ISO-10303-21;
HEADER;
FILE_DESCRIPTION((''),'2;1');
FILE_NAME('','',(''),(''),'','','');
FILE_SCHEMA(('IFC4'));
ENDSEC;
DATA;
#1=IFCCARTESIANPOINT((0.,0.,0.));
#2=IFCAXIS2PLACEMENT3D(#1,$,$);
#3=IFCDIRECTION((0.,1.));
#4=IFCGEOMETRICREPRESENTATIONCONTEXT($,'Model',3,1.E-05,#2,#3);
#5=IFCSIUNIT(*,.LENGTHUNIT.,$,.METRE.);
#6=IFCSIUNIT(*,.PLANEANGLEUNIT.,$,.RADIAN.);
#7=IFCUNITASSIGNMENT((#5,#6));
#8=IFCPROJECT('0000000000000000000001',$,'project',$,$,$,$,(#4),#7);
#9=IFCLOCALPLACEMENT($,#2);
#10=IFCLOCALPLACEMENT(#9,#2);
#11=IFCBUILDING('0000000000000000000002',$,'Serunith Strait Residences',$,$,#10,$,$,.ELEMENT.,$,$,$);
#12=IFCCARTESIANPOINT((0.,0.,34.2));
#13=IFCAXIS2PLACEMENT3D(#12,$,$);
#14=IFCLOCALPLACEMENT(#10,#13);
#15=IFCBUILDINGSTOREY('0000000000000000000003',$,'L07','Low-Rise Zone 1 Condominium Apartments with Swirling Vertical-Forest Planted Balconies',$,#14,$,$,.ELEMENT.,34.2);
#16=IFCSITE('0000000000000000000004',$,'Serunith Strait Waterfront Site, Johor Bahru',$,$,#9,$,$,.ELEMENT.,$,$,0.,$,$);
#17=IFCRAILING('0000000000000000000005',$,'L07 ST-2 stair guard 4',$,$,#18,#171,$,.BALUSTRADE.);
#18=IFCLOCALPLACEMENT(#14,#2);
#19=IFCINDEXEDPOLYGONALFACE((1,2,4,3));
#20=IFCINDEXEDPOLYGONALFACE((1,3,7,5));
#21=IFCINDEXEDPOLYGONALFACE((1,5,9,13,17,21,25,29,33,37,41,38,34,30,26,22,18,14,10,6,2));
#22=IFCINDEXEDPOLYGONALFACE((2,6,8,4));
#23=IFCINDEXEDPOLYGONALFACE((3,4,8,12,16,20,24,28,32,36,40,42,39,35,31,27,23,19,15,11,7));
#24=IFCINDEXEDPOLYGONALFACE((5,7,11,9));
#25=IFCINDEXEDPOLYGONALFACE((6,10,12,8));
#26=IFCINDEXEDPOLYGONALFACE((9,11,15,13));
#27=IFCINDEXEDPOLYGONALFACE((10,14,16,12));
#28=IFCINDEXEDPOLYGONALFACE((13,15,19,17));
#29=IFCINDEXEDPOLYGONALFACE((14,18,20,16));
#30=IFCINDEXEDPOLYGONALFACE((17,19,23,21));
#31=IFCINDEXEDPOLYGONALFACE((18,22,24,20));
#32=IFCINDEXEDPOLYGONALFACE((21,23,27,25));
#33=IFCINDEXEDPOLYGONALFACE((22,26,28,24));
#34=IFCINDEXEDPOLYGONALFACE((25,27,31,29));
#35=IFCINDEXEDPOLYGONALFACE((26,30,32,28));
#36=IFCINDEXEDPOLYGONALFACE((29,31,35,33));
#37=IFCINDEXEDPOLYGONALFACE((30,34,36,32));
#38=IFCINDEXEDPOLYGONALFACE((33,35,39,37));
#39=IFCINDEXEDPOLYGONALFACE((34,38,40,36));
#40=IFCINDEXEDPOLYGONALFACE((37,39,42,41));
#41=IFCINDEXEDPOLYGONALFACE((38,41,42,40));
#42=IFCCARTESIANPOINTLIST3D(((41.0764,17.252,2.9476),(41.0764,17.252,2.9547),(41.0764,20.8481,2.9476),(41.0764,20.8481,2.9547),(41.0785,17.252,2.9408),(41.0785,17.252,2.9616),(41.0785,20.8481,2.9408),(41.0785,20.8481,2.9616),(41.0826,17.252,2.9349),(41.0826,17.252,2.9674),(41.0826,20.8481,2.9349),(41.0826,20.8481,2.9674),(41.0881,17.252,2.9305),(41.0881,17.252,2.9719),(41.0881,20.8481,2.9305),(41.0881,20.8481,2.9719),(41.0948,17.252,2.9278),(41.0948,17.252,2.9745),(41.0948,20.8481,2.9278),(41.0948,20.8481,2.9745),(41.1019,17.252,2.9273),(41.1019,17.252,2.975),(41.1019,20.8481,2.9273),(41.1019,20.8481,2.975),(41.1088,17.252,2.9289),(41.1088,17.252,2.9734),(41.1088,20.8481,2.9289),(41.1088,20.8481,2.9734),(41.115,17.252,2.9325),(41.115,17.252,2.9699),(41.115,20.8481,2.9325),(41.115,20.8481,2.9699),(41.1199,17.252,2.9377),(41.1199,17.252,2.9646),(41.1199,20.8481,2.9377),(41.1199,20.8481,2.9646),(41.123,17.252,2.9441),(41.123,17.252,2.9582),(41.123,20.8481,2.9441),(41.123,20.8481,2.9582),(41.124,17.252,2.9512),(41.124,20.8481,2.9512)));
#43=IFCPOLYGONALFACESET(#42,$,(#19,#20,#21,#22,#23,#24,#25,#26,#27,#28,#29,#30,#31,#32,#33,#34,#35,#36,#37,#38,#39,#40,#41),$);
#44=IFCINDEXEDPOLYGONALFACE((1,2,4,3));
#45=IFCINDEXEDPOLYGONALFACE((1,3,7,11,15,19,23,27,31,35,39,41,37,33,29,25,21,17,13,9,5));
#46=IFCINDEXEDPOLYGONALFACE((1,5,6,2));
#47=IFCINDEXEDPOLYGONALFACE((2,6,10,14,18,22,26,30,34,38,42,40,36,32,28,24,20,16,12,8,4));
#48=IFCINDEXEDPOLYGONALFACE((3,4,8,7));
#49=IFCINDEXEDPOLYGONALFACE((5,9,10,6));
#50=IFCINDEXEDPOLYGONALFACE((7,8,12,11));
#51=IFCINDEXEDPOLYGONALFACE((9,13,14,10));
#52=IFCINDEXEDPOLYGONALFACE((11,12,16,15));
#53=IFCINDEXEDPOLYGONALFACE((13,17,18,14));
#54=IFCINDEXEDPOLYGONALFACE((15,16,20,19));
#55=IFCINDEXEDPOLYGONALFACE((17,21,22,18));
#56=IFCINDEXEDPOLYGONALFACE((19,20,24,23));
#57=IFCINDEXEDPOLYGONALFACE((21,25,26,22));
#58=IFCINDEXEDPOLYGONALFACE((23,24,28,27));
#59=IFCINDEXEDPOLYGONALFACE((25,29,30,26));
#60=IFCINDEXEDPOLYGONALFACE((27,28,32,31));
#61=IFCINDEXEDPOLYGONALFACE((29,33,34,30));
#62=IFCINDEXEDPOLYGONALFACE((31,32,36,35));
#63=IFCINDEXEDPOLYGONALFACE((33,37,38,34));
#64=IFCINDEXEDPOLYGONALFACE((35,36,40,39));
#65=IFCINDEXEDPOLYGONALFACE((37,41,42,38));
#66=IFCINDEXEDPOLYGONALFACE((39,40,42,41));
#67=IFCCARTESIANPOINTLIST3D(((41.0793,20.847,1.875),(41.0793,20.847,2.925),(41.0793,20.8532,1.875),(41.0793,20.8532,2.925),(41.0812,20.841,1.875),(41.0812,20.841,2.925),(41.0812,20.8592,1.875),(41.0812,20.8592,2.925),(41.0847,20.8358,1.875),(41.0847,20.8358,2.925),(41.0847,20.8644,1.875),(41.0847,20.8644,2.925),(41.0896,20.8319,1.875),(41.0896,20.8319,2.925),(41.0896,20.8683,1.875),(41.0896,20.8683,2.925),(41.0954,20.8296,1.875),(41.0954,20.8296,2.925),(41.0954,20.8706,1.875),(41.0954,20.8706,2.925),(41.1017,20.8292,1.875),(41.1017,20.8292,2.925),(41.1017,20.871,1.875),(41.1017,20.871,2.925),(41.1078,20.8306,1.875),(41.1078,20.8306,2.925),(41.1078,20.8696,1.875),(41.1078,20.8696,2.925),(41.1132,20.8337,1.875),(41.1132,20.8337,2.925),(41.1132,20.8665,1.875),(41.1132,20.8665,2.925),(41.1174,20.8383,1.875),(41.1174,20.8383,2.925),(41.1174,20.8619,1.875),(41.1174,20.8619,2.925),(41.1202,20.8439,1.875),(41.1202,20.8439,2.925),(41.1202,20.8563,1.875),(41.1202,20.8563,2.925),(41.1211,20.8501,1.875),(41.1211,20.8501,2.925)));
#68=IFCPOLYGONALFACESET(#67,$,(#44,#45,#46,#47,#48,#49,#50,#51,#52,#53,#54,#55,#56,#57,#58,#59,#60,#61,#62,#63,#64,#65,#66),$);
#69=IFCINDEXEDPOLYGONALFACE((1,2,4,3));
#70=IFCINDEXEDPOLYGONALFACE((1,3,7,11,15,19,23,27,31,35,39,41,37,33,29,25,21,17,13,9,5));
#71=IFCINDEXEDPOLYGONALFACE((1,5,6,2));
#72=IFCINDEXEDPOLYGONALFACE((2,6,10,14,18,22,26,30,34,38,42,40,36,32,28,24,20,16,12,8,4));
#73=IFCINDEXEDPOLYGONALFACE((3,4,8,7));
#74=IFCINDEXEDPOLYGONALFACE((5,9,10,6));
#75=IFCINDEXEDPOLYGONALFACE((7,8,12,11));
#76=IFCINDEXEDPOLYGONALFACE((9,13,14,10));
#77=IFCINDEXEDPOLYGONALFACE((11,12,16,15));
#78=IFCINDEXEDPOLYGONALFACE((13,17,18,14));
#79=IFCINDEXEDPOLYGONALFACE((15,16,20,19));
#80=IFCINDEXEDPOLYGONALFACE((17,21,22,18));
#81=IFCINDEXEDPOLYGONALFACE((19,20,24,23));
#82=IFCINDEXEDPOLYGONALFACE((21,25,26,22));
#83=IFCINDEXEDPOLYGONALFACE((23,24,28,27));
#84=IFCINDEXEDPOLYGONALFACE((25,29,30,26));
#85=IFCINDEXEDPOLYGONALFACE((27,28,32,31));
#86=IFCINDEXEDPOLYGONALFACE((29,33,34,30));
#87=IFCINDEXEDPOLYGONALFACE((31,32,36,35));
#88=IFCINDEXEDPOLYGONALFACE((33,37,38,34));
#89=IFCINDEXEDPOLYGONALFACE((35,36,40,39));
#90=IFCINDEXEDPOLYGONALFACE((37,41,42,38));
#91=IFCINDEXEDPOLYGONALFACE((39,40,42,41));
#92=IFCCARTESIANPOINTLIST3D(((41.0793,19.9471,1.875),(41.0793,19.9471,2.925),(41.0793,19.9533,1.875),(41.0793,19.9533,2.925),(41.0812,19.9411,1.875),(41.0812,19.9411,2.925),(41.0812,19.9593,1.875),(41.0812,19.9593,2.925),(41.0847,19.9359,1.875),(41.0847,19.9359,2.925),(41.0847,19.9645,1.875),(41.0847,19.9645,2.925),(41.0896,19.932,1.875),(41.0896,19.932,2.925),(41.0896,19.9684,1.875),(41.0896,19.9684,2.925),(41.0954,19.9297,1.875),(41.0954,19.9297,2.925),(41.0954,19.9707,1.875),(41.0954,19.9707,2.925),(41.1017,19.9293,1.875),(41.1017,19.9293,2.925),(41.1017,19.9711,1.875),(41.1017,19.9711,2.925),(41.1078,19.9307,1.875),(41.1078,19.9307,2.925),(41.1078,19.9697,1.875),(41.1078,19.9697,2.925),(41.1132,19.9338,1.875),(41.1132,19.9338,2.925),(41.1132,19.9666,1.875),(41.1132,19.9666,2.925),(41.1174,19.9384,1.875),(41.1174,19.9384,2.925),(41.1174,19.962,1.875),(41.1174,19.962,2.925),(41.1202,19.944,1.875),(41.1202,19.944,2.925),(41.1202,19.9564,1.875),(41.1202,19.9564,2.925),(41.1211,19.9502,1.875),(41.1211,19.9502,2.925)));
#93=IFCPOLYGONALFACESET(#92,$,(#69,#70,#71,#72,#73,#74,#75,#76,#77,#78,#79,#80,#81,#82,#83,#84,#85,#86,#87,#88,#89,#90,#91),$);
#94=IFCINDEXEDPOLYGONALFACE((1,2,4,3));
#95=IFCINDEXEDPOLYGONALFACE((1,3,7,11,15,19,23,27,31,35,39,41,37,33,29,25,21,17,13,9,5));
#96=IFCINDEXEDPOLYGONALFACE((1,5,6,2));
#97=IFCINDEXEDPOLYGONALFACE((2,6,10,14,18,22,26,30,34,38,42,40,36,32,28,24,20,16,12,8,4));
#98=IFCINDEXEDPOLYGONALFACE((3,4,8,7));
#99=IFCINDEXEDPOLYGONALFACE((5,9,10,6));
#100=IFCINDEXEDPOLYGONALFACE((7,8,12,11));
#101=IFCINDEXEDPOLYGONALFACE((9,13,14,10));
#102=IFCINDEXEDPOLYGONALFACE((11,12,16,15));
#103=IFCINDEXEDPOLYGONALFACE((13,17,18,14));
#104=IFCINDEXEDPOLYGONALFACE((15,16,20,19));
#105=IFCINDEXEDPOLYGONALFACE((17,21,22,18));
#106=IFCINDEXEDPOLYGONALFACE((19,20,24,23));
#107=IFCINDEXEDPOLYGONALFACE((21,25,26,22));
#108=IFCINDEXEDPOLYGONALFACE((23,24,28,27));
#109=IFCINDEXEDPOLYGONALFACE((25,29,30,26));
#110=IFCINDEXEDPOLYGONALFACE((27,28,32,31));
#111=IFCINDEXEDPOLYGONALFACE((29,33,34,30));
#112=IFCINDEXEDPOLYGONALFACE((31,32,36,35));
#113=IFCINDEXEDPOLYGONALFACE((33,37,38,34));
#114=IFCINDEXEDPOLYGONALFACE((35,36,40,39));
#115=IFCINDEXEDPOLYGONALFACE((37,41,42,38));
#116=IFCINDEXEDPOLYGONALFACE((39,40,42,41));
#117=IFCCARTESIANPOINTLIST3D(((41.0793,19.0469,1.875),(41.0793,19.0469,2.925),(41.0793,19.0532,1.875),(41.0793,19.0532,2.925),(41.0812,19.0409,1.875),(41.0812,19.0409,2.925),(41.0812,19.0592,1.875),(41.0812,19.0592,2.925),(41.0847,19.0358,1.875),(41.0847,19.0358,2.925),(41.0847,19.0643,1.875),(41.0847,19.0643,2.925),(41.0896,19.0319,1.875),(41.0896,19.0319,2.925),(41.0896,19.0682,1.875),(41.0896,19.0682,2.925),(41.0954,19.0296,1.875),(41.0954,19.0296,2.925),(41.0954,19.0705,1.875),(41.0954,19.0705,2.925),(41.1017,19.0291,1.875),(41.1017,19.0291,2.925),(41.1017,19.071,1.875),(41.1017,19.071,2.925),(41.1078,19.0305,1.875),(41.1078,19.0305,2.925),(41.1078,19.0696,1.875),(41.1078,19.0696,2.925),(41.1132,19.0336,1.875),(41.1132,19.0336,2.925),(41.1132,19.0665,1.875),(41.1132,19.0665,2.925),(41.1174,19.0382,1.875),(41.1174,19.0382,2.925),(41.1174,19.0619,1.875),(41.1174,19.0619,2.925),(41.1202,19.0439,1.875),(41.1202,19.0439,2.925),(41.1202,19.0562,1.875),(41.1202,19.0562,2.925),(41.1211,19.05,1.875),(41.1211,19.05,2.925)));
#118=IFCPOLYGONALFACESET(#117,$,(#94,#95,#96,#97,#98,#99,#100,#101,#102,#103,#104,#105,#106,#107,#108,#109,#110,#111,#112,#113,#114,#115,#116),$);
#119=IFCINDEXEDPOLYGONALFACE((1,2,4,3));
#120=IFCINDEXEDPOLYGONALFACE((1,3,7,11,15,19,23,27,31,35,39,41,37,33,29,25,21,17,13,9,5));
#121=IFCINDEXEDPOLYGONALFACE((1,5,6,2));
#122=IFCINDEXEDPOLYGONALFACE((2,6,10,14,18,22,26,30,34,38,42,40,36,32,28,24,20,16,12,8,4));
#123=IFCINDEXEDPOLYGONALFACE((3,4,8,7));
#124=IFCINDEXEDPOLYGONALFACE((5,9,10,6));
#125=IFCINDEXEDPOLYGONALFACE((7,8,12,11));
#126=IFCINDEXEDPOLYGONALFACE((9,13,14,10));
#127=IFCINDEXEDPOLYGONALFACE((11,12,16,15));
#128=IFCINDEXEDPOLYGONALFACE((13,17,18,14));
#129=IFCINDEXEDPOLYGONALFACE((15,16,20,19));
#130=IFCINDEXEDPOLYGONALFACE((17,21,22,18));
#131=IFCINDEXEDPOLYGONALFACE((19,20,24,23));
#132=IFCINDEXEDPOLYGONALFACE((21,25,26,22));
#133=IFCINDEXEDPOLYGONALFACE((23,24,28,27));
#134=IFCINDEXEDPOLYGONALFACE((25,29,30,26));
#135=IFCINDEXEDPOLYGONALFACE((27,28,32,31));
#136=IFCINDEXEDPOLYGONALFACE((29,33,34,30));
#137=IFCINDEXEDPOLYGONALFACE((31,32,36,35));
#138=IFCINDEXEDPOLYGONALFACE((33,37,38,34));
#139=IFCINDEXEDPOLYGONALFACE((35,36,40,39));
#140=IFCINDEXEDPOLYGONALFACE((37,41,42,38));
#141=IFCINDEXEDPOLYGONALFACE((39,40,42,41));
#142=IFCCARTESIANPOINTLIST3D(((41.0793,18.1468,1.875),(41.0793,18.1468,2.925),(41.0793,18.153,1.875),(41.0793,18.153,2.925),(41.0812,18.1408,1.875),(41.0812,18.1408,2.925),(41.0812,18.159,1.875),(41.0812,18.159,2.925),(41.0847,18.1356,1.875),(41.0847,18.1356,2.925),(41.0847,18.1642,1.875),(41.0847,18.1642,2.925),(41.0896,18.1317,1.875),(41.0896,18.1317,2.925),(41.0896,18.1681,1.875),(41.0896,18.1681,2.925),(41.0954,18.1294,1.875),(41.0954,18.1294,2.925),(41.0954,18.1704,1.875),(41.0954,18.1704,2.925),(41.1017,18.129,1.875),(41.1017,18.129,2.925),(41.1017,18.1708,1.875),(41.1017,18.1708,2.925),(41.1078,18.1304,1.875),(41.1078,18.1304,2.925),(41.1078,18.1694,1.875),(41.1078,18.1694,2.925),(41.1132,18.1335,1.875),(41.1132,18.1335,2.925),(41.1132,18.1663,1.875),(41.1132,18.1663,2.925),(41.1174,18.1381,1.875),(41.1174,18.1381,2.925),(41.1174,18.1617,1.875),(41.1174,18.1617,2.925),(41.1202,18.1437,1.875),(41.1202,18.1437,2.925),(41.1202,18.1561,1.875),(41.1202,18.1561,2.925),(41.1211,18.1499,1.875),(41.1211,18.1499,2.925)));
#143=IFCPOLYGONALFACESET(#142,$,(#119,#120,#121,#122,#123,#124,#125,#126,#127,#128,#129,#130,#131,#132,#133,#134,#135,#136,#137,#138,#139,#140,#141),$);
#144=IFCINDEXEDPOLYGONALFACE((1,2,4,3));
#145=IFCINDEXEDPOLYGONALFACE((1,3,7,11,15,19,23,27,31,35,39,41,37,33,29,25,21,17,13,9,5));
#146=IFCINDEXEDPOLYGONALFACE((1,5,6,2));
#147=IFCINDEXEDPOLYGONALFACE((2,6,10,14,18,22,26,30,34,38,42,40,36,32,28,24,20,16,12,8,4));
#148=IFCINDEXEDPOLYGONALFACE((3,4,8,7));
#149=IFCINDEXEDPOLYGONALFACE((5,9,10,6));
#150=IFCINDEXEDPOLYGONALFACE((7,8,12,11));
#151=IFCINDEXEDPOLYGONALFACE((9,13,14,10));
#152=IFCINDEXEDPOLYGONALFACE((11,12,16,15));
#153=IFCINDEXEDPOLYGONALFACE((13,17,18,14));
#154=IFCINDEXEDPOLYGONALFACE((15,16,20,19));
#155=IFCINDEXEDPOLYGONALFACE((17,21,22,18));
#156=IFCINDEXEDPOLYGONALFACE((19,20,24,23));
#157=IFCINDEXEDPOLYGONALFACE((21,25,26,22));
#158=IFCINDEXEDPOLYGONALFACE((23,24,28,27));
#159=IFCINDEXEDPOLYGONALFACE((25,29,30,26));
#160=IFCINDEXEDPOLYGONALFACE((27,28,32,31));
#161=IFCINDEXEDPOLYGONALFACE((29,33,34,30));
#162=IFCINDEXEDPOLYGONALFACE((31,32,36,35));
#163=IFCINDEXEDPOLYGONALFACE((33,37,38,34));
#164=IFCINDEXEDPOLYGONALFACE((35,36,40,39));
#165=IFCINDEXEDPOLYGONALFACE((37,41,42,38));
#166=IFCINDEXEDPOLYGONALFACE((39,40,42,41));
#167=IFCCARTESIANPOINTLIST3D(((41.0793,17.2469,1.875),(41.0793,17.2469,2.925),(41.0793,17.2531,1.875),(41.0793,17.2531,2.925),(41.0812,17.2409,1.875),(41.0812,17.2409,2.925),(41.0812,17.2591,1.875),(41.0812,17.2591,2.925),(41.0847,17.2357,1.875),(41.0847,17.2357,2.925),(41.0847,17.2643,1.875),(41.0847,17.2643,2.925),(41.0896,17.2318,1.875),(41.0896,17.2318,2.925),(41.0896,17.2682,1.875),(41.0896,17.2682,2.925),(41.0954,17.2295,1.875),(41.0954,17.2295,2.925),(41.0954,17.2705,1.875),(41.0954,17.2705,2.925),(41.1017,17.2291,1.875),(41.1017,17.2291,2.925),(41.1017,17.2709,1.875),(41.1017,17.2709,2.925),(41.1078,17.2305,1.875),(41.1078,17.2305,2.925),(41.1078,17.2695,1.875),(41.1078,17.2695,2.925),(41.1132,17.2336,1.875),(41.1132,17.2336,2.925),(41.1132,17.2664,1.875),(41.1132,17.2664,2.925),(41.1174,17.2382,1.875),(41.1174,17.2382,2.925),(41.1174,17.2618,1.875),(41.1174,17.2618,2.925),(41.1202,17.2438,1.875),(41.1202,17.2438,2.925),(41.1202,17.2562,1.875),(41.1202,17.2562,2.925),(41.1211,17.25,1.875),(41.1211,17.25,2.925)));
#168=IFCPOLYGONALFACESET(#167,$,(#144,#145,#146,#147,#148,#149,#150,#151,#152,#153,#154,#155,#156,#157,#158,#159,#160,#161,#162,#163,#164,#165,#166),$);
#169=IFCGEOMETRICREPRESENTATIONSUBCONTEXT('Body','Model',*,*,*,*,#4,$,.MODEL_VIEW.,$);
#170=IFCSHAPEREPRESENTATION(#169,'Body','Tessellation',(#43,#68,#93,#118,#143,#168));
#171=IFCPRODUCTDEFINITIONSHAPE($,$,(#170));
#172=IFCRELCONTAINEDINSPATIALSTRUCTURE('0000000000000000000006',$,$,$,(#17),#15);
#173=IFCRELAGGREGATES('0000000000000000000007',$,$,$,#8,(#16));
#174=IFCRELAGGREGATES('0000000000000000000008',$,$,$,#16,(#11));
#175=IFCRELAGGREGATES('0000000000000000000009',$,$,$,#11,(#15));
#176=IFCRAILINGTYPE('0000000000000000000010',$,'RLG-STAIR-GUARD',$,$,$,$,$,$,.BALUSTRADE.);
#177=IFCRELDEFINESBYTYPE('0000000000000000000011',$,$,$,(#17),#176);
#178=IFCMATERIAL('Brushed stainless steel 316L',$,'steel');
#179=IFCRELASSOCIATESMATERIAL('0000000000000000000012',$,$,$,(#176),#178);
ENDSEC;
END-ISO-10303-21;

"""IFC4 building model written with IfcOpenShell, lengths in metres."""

from ifc_helpers import new_model, si_unit, direction, frame, origin, origin_2d, place, context, subcontext, project, spatial, circle, extrude, material, type_object, element, save


model = new_model("IFC4")

# Units and contexts
model_context = context("Model", 3, precision=1e-05, world=origin(), true_north=direction((0.0, 1.0)))
body_context = subcontext(model_context, "Body", "Model", "MODEL_VIEW")
ifc_project = project(units=[si_unit("LENGTHUNIT", "METRE"), si_unit("PLANEANGLEUNIT", "RADIAN")], contexts=[model_context])

# Site, building, storey
site_placement = place(None, origin())
site = spatial("IfcSite", under=ifc_project, at=site_placement, Name="Serunith Strait Waterfront Site, Johor Bahru", CompositionType="ELEMENT", RefElevation=0.0)
building_placement = place(site_placement, origin())
building = spatial("IfcBuilding", under=site, at=building_placement, Name="Serunith Strait Residences", CompositionType="ELEMENT")
storey_placement = place(building_placement, frame((0.0, 0.0, 34.2)))
storey = spatial("IfcBuildingStorey", under=building, at=storey_placement, Name="L07", Description="Low-Rise Zone 1 Condominium Apartments with Swirling Vertical-Forest Planted Balconies", CompositionType="ELEMENT", Elevation=34.2)

# Railing
ifc_material_1 = material(Name="Brushed stainless steel 316L", Category="steel")
railing_type_1 = type_object("IfcRailingType", Name="RLG-STAIR-GUARD", PredefinedType="BALUSTRADE", material=ifc_material_1)
for number, where, name in (
    (1, (41.1001, 20.8501, 1.875), "L07 ST-2 stair guard 4"),
):
    element("IfcRailing", number, at=place(storey_placement, frame(where)), inside=storey, type_object=railing_type_1, Name=name, PredefinedType="BALUSTRADE", context=body_context, shape_type="SweptSolid", body=[
        extrude(circle(Radius=0.0239, at=origin_2d()), frame((0.0, -0.002, 1.0762), z_axis=(0.0, -1.0, 0.0), x_axis=(1.0, 0.0, 0.0)), (0.0, 0.0, 1.0), 3.5962),
        extrude(circle(Radius=0.021, at=origin_2d()), origin(), (0.0, 0.0, 1.0), 1.05),
        extrude(circle(Radius=0.021, at=origin_2d()), frame((0.0, -0.8999, 0.0)), (0.0, 0.0, 1.0), 1.05),
        extrude(circle(Radius=0.021, at=origin_2d()), frame((0.0, -1.8, 0.0)), (0.0, 0.0, 1.0), 1.05),
        extrude(circle(Radius=0.021, at=origin_2d()), frame((0.0, -2.7002, 0.0)), (0.0, 0.0, 1.0), 1.05),
        extrude(circle(Radius=0.021, at=origin_2d()), frame((0.0, -3.6001, 0.0)), (0.0, 0.0, 1.0), 1.05),
    ])

save(model, "model.ifc")
